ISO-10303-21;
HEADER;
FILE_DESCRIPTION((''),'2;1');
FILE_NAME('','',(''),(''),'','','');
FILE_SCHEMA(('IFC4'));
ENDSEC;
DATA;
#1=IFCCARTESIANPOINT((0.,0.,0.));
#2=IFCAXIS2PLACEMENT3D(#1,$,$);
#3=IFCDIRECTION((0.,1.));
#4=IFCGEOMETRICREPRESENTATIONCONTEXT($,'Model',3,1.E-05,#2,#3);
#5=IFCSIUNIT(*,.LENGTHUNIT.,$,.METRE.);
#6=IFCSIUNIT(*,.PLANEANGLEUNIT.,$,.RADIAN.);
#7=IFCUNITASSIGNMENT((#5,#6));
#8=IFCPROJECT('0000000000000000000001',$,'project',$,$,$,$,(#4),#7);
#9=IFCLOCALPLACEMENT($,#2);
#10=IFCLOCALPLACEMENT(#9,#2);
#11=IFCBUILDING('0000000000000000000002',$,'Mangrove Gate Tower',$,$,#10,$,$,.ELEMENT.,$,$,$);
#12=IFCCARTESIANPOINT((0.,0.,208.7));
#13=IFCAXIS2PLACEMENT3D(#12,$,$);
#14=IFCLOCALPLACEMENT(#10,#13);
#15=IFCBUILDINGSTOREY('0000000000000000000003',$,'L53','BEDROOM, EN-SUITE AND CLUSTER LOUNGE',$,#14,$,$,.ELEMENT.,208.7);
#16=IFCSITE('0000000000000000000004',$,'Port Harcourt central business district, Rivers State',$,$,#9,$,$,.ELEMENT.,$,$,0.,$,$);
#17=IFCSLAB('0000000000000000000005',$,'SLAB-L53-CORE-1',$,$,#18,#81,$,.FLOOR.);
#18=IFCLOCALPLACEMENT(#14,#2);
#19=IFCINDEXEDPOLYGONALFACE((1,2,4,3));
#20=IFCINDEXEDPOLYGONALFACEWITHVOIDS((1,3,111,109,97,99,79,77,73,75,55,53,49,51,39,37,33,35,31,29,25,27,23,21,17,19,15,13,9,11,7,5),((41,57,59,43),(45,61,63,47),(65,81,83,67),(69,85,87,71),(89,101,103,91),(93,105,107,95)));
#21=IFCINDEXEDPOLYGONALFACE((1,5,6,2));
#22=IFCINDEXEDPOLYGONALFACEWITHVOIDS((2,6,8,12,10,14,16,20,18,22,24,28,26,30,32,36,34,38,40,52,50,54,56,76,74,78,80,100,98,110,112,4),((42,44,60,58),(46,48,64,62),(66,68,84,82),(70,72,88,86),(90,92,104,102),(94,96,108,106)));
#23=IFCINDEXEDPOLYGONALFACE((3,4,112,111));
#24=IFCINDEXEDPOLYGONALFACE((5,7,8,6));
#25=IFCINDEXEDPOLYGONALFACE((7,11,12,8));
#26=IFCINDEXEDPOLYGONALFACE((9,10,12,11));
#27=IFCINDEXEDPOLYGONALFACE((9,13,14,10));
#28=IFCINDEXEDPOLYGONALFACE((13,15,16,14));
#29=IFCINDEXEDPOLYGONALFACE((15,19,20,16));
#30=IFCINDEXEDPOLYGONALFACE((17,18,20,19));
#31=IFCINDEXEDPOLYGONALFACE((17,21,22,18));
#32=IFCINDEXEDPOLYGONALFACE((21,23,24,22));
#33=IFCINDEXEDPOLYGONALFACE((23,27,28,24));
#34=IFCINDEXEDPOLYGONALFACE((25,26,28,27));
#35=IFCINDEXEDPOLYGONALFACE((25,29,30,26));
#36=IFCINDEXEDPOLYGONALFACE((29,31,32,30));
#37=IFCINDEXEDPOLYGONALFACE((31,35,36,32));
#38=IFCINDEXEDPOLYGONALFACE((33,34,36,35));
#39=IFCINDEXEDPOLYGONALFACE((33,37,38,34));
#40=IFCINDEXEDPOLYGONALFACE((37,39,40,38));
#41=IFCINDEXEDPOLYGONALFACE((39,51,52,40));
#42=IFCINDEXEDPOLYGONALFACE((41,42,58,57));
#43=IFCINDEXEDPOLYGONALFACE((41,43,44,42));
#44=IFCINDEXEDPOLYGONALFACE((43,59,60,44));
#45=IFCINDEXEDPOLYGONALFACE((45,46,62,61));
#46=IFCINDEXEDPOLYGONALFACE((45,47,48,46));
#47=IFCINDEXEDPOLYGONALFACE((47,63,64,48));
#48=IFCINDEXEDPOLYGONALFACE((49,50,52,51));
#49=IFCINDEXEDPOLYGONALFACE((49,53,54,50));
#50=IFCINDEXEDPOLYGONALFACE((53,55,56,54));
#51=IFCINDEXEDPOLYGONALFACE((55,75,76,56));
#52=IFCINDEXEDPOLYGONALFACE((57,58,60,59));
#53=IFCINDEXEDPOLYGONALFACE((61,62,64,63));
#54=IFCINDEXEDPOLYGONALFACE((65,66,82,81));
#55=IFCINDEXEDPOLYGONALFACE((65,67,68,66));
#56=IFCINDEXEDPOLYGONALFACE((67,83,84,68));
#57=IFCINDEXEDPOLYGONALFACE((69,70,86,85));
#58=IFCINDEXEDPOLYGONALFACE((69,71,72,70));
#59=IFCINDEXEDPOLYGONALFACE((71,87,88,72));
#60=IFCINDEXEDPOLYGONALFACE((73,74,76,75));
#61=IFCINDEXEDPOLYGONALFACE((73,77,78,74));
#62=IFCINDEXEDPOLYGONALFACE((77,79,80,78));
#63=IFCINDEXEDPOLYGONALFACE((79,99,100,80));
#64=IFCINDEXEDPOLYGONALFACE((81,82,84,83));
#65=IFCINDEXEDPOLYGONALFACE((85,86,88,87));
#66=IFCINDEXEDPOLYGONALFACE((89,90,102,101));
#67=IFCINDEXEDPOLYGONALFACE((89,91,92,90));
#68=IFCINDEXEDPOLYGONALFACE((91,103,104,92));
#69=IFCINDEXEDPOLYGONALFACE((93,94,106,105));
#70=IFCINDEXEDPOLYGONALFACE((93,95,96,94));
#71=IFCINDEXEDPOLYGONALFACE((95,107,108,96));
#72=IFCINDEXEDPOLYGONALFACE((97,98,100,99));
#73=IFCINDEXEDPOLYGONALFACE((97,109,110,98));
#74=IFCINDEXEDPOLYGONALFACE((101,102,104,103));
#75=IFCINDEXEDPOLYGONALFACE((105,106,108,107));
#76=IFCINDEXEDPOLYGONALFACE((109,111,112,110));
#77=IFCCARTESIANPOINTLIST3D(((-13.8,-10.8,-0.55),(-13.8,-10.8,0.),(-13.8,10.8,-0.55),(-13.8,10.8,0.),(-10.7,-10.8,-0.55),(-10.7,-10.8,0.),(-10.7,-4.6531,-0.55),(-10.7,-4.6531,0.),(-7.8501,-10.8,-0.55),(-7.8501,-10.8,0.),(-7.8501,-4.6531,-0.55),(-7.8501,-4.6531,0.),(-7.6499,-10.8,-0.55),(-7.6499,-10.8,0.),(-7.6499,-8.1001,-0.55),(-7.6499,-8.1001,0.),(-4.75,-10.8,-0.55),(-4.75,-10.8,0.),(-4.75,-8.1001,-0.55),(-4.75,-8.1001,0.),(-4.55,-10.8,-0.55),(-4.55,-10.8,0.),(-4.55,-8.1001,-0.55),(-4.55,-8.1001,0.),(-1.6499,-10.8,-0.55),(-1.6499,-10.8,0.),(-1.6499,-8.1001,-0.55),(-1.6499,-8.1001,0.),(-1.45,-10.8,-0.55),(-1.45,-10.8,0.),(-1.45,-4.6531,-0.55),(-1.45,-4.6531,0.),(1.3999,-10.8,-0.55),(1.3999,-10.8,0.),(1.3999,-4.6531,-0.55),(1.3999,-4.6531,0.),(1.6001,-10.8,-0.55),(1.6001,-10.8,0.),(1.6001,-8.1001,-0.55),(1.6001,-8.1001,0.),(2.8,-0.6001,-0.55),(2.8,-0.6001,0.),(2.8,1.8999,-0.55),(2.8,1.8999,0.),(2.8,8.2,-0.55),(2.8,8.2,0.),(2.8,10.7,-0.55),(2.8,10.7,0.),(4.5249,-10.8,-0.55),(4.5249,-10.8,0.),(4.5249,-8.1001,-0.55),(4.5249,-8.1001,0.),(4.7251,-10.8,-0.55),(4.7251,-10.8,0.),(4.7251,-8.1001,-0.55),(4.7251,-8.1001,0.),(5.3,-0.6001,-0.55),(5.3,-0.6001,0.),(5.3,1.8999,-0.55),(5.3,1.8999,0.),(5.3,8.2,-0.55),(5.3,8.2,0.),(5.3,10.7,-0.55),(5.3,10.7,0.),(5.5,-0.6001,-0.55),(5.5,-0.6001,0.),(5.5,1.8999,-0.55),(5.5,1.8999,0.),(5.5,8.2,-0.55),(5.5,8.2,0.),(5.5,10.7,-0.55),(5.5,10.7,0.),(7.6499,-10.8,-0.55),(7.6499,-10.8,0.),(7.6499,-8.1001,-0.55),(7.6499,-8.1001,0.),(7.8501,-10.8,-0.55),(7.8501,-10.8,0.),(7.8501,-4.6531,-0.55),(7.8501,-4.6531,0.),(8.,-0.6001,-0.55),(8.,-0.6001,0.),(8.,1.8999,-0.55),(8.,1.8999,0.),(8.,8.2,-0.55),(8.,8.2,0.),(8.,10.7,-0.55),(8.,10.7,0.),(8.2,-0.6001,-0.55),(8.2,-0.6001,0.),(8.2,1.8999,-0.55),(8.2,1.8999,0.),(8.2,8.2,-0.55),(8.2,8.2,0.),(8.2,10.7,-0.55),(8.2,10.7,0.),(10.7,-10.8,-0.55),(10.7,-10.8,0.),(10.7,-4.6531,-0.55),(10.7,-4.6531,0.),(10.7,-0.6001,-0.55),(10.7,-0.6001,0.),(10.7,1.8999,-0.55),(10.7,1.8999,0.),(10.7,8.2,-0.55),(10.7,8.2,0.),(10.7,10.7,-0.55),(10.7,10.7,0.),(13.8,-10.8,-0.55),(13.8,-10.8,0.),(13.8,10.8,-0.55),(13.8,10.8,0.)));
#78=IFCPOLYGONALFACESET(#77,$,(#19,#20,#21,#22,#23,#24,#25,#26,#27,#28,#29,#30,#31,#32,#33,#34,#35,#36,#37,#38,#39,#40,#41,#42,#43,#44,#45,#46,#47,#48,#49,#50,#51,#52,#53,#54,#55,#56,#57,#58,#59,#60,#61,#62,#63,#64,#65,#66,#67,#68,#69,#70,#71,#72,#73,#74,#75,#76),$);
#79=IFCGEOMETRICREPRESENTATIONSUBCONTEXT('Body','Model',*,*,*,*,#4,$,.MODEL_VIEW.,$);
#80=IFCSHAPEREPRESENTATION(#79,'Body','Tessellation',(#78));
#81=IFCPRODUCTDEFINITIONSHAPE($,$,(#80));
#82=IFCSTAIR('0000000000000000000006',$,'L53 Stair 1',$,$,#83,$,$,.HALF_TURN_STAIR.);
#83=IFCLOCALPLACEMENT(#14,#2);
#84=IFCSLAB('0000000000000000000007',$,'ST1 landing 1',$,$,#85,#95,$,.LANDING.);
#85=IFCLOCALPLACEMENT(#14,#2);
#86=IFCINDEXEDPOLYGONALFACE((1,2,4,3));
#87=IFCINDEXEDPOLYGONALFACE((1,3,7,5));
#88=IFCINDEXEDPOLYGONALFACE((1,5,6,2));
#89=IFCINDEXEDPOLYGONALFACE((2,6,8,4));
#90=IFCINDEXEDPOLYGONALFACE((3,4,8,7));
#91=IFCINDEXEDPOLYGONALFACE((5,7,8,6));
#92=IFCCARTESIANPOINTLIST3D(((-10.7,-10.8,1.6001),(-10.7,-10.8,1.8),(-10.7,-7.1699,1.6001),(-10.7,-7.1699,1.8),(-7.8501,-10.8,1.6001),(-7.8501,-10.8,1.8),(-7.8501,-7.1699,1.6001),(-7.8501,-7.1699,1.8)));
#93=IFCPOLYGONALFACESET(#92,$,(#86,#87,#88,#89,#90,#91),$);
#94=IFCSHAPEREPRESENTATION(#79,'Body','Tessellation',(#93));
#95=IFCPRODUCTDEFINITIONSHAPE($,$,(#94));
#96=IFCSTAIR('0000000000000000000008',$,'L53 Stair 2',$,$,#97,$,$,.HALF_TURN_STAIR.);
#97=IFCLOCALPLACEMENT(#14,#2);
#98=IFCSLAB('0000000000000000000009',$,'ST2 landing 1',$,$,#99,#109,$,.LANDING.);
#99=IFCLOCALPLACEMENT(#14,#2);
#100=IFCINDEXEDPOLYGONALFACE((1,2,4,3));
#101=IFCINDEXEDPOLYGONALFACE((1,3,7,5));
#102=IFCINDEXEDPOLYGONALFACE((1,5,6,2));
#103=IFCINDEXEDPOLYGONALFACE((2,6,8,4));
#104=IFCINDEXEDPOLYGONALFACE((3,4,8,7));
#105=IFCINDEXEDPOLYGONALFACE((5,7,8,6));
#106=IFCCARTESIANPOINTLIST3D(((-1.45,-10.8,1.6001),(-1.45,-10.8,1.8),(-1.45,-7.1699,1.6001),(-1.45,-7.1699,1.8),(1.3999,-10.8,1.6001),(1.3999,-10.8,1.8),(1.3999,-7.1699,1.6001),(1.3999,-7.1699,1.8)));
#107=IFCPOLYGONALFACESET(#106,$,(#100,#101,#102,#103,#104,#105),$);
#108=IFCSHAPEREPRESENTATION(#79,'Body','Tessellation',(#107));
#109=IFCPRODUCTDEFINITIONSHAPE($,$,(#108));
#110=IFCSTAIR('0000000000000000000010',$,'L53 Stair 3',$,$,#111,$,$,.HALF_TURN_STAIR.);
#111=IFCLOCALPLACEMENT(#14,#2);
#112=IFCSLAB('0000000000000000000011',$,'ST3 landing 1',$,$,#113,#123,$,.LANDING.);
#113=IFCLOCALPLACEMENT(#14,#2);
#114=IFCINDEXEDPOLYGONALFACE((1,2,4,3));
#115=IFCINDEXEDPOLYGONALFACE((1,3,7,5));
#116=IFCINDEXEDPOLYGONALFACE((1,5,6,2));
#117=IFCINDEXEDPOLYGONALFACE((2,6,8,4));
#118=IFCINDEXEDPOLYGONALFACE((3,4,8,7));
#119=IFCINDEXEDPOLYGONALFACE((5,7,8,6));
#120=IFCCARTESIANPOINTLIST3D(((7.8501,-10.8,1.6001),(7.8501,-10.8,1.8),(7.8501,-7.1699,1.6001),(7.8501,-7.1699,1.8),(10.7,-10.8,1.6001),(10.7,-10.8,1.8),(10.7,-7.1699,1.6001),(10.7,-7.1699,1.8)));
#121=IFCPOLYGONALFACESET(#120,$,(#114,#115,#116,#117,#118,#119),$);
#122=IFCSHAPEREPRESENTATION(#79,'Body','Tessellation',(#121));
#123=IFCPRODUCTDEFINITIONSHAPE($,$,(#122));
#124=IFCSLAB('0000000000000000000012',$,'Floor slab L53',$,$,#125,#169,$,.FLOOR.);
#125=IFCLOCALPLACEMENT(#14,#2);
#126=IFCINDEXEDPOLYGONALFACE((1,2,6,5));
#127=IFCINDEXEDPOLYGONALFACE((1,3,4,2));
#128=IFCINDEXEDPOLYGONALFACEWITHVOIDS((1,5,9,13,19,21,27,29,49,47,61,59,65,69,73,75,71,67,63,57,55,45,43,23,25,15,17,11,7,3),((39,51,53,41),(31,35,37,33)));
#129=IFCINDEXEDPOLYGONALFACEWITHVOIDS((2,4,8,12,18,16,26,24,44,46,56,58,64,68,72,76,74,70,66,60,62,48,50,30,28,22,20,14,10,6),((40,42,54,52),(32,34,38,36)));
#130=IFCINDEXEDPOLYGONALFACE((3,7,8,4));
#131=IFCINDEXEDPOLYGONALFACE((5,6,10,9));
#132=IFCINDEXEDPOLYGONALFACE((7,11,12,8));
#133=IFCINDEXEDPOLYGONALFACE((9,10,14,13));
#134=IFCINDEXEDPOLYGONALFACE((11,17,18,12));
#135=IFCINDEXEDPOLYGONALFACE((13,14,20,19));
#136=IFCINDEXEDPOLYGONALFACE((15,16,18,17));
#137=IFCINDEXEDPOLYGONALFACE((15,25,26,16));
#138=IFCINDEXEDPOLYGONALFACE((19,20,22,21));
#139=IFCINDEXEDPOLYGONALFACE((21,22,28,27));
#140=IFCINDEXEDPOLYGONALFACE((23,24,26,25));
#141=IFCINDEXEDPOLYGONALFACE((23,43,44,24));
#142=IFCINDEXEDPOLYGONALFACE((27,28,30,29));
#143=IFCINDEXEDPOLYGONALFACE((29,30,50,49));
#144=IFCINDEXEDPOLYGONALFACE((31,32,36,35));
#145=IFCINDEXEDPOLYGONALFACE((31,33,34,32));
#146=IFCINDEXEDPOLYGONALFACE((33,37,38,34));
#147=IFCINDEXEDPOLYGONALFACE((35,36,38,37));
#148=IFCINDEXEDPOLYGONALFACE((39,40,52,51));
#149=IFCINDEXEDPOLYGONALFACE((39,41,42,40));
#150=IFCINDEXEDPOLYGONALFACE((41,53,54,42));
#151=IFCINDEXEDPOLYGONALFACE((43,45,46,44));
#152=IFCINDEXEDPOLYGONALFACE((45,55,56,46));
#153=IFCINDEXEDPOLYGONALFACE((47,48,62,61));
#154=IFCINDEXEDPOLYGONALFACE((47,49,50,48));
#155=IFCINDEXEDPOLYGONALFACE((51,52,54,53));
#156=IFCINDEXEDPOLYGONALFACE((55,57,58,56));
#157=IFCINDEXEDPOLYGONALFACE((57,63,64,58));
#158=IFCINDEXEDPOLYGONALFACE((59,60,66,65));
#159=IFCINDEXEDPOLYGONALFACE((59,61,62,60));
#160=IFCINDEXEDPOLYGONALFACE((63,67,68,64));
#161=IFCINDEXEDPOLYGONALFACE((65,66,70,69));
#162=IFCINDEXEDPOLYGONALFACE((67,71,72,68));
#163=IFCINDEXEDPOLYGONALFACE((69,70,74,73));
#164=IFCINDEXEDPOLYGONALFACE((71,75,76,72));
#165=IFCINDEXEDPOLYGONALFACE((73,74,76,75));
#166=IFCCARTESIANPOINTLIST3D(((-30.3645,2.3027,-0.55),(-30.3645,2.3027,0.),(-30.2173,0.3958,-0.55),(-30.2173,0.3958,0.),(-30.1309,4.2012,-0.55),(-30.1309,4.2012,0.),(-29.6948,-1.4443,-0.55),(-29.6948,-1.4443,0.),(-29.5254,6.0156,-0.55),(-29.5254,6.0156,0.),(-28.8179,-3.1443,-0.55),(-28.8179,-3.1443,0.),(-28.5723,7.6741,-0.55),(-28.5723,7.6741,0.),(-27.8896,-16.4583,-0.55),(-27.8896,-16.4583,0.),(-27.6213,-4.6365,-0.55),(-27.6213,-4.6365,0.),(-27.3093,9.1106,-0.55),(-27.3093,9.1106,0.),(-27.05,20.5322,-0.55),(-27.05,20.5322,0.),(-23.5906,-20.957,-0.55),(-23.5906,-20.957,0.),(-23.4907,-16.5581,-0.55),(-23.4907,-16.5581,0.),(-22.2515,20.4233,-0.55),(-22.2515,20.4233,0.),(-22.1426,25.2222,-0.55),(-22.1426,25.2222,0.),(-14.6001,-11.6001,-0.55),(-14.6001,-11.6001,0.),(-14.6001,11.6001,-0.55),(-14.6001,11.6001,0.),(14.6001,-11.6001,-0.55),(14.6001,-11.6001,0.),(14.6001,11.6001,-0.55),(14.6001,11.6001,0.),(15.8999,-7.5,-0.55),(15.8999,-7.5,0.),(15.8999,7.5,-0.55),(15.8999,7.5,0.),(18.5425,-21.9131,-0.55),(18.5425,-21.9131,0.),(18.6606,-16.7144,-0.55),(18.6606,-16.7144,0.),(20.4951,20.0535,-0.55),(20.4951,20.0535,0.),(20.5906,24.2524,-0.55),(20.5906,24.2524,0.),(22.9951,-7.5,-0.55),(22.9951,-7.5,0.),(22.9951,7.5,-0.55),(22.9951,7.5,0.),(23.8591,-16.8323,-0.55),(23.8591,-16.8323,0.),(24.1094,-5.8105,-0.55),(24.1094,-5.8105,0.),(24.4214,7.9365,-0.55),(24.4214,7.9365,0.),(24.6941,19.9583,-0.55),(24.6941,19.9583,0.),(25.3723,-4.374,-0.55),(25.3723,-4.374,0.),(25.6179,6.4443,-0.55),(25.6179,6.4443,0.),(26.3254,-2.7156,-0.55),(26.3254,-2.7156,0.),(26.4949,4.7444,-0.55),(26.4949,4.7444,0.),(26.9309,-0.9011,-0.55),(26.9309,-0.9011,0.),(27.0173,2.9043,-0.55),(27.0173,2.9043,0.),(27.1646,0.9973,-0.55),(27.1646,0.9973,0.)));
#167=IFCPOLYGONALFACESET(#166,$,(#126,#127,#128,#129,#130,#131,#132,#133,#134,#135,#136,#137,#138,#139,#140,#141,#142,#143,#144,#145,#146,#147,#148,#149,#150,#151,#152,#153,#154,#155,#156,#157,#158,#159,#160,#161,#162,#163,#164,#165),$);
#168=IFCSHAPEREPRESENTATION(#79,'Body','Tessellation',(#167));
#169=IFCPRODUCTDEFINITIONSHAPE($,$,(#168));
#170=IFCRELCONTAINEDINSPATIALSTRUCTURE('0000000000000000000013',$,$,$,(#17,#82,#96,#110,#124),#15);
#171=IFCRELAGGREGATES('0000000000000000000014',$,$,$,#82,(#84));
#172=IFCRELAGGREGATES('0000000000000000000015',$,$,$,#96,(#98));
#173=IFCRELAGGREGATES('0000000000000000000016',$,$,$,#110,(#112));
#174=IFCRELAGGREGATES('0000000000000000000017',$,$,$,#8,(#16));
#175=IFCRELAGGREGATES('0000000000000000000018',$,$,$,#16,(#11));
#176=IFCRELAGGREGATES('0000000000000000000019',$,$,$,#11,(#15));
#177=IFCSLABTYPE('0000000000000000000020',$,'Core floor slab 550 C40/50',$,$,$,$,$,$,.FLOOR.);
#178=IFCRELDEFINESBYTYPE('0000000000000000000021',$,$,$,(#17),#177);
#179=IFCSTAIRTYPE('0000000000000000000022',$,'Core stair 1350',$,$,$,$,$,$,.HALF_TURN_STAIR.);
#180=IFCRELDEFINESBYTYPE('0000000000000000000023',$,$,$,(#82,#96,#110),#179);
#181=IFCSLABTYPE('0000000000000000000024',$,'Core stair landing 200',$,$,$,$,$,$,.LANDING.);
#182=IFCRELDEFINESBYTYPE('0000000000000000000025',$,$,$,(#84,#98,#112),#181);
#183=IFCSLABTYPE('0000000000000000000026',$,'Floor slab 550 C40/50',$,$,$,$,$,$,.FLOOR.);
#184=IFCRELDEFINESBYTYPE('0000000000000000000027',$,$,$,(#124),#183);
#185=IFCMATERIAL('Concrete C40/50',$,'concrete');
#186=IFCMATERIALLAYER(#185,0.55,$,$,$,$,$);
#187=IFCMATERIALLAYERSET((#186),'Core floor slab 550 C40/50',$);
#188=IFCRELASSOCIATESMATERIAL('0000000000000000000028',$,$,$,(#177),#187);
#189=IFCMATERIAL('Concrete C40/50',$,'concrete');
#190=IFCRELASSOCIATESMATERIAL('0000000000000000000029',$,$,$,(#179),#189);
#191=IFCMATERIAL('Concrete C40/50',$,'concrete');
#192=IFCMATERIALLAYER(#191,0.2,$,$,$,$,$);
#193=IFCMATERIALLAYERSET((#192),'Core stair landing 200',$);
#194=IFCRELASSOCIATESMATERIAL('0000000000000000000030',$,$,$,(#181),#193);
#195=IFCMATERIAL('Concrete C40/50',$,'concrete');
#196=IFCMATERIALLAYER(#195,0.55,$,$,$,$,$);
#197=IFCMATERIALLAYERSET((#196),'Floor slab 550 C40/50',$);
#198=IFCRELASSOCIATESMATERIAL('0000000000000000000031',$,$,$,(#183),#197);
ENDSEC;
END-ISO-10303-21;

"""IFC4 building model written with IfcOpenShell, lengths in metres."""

from ifc_helpers import new_model, si_unit, direction, frame, origin, place, context, subcontext, project, spatial, polyline, outline, extrude, material, layer, layer_set, type_object, element, aggregate, save


model = new_model("IFC4")

# Units and contexts
model_context = context("Model", 3, precision=1e-05, world=origin(), true_north=direction((0.0, 1.0)))
body_context = subcontext(model_context, "Body", "Model", "MODEL_VIEW")
ifc_project = project(units=[si_unit("LENGTHUNIT", "METRE"), si_unit("PLANEANGLEUNIT", "RADIAN")], contexts=[model_context])

# Site, building, storey
site_placement = place(None, origin())
site = spatial("IfcSite", under=ifc_project, at=site_placement, Name="Port Harcourt central business district, Rivers State", CompositionType="ELEMENT", RefElevation=0.0)
building_placement = place(site_placement, origin())
building = spatial("IfcBuilding", under=site, at=building_placement, Name="Mangrove Gate Tower", CompositionType="ELEMENT")
storey_placement = place(building_placement, frame((0.0, 0.0, 208.7)))
storey = spatial("IfcBuildingStorey", under=building, at=storey_placement, Name="L53", Description="BEDROOM, EN-SUITE AND CLUSTER LOUNGE", CompositionType="ELEMENT", Elevation=208.7)

# Slab
ifc_material_1 = material(Name="Concrete C40/50", Category="concrete")
ifc_layer_1 = layer(ifc_material_1, 0.55)
ifc_layer_set_1 = layer_set([ifc_layer_1], Name="Core floor slab 550 C40/50")
slab_type_1 = type_object("IfcSlabType", Name="Core floor slab 550 C40/50", PredefinedType="FLOOR", material=ifc_layer_set_1)
slab_1_placement = place(storey_placement, frame((0.0, 0.0, -0.55)))
element("IfcSlab", 1, at=slab_1_placement, inside=storey, type_object=slab_type_1, Name="SLAB-L53-CORE-1", PredefinedType="FLOOR", context=body_context, shape_type="SweptSolid", body=[
    extrude(outline(polyline([(-13.8, -10.8), (-13.8, 10.8), (13.8, 10.8), (13.8, -10.8), (10.7, -10.8), (10.7, -4.6531), (7.8501, -4.6531), (7.8501, -10.8), (7.6499, -10.8), (7.6499, -8.1001), (4.7251, -8.1001), (4.7251, -10.8), (4.5249, -10.8), (4.5249, -8.1001), (1.6001, -8.1001), (1.6001, -10.8), (1.3999, -10.8), (1.3999, -4.6531), (-1.45, -4.6531), (-1.45, -10.8), (-1.6499, -10.8), (-1.6499, -8.1001), (-4.55, -8.1001), (-4.55, -10.8), (-4.75, -10.8), (-4.75, -8.1001), (-7.6499, -8.1001), (-7.6499, -10.8), (-7.8501, -10.8), (-7.8501, -4.6531), (-10.7, -4.6531), (-10.7, -10.8), (-13.8, -10.8)]), holes=[polyline([(5.3, -0.6001), (5.3, 1.8999), (2.8, 1.8999), (2.8, -0.6001), (5.3, -0.6001)]), polyline([(5.3, 10.7), (2.8, 10.7), (2.8, 8.2), (5.3, 8.2), (5.3, 10.7)]), polyline([(8.0, -0.6001), (8.0, 1.8999), (5.5, 1.8999), (5.5, -0.6001), (8.0, -0.6001)]), polyline([(10.7, -0.6001), (10.7, 1.8999), (8.2, 1.8999), (8.2, -0.6001), (10.7, -0.6001)]), polyline([(8.0, 8.2), (8.0, 10.7), (5.5, 10.7), (5.5, 8.2), (8.0, 8.2)]), polyline([(10.7, 8.2), (10.7, 10.7), (8.2, 10.7), (8.2, 8.2), (10.7, 8.2)])]), origin(), (0.0, 0.0, 1.0), 0.55),
])

# Stairs, slabs
ifc_material_2 = material(Name="Concrete C40/50", Category="concrete")
stair_type = type_object("IfcStairType", Name="Core stair 1350", PredefinedType="HALF_TURN_STAIR", material=ifc_material_2)
stair_1_placement = place(storey_placement, origin())
stair_1 = element("IfcStair", 2, at=stair_1_placement, inside=storey, type_object=stair_type, Name="L53 Stair 1", PredefinedType="HALF_TURN_STAIR")
ifc_material_3 = material(Name="Concrete C40/50", Category="concrete")
ifc_layer_2 = layer(ifc_material_3, 0.2)
ifc_layer_set_2 = layer_set([ifc_layer_2], Name="Core stair landing 200")
slab_type_2 = type_object("IfcSlabType", Name="Core stair landing 200", PredefinedType="LANDING", material=ifc_layer_set_2)
slab_2_placement = place(storey_placement, frame((0.0, 0.0, 1.6001)))
slab_2 = element("IfcSlab", 3, at=slab_2_placement, type_object=slab_type_2, Name="ST1 landing 1", PredefinedType="LANDING", context=body_context, shape_type="SweptSolid", body=[
    extrude(outline(polyline([(-10.7, -7.1699), (-10.7, -10.8), (-7.8501, -10.8), (-7.8501, -7.1699), (-10.7, -7.1699)])), origin(), (0.0, 0.0, 1.0), 0.2),
])
aggregate(stair_1, [slab_2])
stair_2_placement = place(storey_placement, origin())
stair_2 = element("IfcStair", 4, at=stair_2_placement, inside=storey, type_object=stair_type, Name="L53 Stair 2", PredefinedType="HALF_TURN_STAIR")
slab_3_placement = place(storey_placement, frame((0.0, 0.0, 1.6001)))
slab_3 = element("IfcSlab", 5, at=slab_3_placement, type_object=slab_type_2, Name="ST2 landing 1", PredefinedType="LANDING", context=body_context, shape_type="SweptSolid", body=[
    extrude(outline(polyline([(-1.45, -7.1699), (-1.45, -10.8), (1.3999, -10.8), (1.3999, -7.1699), (-1.45, -7.1699)])), origin(), (0.0, 0.0, 1.0), 0.2),
])
aggregate(stair_2, [slab_3])
stair_3_placement = place(storey_placement, origin())
stair_3 = element("IfcStair", 6, at=stair_3_placement, inside=storey, type_object=stair_type, Name="L53 Stair 3", PredefinedType="HALF_TURN_STAIR")
slab_4_placement = place(storey_placement, frame((0.0, 0.0, 1.6001)))
slab_4 = element("IfcSlab", 7, at=slab_4_placement, type_object=slab_type_2, Name="ST3 landing 1", PredefinedType="LANDING", context=body_context, shape_type="SweptSolid", body=[
    extrude(outline(polyline([(7.8501, -7.1699), (7.8501, -10.8), (10.7, -10.8), (10.7, -7.1699), (7.8501, -7.1699)])), origin(), (0.0, 0.0, 1.0), 0.2),
])
aggregate(stair_3, [slab_4])

# Slab
ifc_material_4 = material(Name="Concrete C40/50", Category="concrete")
ifc_layer_3 = layer(ifc_material_4, 0.55)
ifc_layer_set_3 = layer_set([ifc_layer_3], Name="Floor slab 550 C40/50")
slab_type_3 = type_object("IfcSlabType", Name="Floor slab 550 C40/50", PredefinedType="FLOOR", material=ifc_layer_set_3)
slab_5_placement = place(storey_placement, frame((0.0, 0.0, -0.55)))
element("IfcSlab", 8, at=slab_5_placement, inside=storey, type_object=slab_type_3, Name="Floor slab L53", PredefinedType="FLOOR", context=body_context, shape_type="SweptSolid", body=[
    extrude(outline(polyline([(-23.5906, -20.957), (18.5425, -21.9131), (18.6606, -16.7144), (23.8591, -16.8323), (24.1094, -5.8105), (25.3723, -4.374), (26.3254, -2.7156), (26.9309, -0.9011), (27.1646, 0.9973), (27.0173, 2.9043), (26.4949, 4.7444), (25.6179, 6.4443), (24.4214, 7.9365), (24.6941, 19.9583), (20.4951, 20.0535), (20.5906, 24.2524), (-22.1426, 25.2222), (-22.2515, 20.4233), (-27.05, 20.5322), (-27.3093, 9.1106), (-28.5723, 7.6741), (-29.5254, 6.0156), (-30.1309, 4.2012), (-30.3645, 2.3027), (-30.2173, 0.3958), (-29.6948, -1.4443), (-28.8179, -3.1443), (-27.6213, -4.6365), (-27.8896, -16.4583), (-23.4907, -16.5581), (-23.5906, -20.957)]), holes=[polyline([(15.8999, 7.5), (22.9951, 7.5), (22.9951, -7.5), (15.8999, -7.5), (15.8999, 7.5)]), polyline([(-14.6001, -11.6001), (-14.6001, 11.6001), (14.6001, 11.6001), (14.6001, -11.6001), (-14.6001, -11.6001)])]), origin(), (0.0, 0.0, 1.0), 0.55),
])

save(model, "model.ifc")
